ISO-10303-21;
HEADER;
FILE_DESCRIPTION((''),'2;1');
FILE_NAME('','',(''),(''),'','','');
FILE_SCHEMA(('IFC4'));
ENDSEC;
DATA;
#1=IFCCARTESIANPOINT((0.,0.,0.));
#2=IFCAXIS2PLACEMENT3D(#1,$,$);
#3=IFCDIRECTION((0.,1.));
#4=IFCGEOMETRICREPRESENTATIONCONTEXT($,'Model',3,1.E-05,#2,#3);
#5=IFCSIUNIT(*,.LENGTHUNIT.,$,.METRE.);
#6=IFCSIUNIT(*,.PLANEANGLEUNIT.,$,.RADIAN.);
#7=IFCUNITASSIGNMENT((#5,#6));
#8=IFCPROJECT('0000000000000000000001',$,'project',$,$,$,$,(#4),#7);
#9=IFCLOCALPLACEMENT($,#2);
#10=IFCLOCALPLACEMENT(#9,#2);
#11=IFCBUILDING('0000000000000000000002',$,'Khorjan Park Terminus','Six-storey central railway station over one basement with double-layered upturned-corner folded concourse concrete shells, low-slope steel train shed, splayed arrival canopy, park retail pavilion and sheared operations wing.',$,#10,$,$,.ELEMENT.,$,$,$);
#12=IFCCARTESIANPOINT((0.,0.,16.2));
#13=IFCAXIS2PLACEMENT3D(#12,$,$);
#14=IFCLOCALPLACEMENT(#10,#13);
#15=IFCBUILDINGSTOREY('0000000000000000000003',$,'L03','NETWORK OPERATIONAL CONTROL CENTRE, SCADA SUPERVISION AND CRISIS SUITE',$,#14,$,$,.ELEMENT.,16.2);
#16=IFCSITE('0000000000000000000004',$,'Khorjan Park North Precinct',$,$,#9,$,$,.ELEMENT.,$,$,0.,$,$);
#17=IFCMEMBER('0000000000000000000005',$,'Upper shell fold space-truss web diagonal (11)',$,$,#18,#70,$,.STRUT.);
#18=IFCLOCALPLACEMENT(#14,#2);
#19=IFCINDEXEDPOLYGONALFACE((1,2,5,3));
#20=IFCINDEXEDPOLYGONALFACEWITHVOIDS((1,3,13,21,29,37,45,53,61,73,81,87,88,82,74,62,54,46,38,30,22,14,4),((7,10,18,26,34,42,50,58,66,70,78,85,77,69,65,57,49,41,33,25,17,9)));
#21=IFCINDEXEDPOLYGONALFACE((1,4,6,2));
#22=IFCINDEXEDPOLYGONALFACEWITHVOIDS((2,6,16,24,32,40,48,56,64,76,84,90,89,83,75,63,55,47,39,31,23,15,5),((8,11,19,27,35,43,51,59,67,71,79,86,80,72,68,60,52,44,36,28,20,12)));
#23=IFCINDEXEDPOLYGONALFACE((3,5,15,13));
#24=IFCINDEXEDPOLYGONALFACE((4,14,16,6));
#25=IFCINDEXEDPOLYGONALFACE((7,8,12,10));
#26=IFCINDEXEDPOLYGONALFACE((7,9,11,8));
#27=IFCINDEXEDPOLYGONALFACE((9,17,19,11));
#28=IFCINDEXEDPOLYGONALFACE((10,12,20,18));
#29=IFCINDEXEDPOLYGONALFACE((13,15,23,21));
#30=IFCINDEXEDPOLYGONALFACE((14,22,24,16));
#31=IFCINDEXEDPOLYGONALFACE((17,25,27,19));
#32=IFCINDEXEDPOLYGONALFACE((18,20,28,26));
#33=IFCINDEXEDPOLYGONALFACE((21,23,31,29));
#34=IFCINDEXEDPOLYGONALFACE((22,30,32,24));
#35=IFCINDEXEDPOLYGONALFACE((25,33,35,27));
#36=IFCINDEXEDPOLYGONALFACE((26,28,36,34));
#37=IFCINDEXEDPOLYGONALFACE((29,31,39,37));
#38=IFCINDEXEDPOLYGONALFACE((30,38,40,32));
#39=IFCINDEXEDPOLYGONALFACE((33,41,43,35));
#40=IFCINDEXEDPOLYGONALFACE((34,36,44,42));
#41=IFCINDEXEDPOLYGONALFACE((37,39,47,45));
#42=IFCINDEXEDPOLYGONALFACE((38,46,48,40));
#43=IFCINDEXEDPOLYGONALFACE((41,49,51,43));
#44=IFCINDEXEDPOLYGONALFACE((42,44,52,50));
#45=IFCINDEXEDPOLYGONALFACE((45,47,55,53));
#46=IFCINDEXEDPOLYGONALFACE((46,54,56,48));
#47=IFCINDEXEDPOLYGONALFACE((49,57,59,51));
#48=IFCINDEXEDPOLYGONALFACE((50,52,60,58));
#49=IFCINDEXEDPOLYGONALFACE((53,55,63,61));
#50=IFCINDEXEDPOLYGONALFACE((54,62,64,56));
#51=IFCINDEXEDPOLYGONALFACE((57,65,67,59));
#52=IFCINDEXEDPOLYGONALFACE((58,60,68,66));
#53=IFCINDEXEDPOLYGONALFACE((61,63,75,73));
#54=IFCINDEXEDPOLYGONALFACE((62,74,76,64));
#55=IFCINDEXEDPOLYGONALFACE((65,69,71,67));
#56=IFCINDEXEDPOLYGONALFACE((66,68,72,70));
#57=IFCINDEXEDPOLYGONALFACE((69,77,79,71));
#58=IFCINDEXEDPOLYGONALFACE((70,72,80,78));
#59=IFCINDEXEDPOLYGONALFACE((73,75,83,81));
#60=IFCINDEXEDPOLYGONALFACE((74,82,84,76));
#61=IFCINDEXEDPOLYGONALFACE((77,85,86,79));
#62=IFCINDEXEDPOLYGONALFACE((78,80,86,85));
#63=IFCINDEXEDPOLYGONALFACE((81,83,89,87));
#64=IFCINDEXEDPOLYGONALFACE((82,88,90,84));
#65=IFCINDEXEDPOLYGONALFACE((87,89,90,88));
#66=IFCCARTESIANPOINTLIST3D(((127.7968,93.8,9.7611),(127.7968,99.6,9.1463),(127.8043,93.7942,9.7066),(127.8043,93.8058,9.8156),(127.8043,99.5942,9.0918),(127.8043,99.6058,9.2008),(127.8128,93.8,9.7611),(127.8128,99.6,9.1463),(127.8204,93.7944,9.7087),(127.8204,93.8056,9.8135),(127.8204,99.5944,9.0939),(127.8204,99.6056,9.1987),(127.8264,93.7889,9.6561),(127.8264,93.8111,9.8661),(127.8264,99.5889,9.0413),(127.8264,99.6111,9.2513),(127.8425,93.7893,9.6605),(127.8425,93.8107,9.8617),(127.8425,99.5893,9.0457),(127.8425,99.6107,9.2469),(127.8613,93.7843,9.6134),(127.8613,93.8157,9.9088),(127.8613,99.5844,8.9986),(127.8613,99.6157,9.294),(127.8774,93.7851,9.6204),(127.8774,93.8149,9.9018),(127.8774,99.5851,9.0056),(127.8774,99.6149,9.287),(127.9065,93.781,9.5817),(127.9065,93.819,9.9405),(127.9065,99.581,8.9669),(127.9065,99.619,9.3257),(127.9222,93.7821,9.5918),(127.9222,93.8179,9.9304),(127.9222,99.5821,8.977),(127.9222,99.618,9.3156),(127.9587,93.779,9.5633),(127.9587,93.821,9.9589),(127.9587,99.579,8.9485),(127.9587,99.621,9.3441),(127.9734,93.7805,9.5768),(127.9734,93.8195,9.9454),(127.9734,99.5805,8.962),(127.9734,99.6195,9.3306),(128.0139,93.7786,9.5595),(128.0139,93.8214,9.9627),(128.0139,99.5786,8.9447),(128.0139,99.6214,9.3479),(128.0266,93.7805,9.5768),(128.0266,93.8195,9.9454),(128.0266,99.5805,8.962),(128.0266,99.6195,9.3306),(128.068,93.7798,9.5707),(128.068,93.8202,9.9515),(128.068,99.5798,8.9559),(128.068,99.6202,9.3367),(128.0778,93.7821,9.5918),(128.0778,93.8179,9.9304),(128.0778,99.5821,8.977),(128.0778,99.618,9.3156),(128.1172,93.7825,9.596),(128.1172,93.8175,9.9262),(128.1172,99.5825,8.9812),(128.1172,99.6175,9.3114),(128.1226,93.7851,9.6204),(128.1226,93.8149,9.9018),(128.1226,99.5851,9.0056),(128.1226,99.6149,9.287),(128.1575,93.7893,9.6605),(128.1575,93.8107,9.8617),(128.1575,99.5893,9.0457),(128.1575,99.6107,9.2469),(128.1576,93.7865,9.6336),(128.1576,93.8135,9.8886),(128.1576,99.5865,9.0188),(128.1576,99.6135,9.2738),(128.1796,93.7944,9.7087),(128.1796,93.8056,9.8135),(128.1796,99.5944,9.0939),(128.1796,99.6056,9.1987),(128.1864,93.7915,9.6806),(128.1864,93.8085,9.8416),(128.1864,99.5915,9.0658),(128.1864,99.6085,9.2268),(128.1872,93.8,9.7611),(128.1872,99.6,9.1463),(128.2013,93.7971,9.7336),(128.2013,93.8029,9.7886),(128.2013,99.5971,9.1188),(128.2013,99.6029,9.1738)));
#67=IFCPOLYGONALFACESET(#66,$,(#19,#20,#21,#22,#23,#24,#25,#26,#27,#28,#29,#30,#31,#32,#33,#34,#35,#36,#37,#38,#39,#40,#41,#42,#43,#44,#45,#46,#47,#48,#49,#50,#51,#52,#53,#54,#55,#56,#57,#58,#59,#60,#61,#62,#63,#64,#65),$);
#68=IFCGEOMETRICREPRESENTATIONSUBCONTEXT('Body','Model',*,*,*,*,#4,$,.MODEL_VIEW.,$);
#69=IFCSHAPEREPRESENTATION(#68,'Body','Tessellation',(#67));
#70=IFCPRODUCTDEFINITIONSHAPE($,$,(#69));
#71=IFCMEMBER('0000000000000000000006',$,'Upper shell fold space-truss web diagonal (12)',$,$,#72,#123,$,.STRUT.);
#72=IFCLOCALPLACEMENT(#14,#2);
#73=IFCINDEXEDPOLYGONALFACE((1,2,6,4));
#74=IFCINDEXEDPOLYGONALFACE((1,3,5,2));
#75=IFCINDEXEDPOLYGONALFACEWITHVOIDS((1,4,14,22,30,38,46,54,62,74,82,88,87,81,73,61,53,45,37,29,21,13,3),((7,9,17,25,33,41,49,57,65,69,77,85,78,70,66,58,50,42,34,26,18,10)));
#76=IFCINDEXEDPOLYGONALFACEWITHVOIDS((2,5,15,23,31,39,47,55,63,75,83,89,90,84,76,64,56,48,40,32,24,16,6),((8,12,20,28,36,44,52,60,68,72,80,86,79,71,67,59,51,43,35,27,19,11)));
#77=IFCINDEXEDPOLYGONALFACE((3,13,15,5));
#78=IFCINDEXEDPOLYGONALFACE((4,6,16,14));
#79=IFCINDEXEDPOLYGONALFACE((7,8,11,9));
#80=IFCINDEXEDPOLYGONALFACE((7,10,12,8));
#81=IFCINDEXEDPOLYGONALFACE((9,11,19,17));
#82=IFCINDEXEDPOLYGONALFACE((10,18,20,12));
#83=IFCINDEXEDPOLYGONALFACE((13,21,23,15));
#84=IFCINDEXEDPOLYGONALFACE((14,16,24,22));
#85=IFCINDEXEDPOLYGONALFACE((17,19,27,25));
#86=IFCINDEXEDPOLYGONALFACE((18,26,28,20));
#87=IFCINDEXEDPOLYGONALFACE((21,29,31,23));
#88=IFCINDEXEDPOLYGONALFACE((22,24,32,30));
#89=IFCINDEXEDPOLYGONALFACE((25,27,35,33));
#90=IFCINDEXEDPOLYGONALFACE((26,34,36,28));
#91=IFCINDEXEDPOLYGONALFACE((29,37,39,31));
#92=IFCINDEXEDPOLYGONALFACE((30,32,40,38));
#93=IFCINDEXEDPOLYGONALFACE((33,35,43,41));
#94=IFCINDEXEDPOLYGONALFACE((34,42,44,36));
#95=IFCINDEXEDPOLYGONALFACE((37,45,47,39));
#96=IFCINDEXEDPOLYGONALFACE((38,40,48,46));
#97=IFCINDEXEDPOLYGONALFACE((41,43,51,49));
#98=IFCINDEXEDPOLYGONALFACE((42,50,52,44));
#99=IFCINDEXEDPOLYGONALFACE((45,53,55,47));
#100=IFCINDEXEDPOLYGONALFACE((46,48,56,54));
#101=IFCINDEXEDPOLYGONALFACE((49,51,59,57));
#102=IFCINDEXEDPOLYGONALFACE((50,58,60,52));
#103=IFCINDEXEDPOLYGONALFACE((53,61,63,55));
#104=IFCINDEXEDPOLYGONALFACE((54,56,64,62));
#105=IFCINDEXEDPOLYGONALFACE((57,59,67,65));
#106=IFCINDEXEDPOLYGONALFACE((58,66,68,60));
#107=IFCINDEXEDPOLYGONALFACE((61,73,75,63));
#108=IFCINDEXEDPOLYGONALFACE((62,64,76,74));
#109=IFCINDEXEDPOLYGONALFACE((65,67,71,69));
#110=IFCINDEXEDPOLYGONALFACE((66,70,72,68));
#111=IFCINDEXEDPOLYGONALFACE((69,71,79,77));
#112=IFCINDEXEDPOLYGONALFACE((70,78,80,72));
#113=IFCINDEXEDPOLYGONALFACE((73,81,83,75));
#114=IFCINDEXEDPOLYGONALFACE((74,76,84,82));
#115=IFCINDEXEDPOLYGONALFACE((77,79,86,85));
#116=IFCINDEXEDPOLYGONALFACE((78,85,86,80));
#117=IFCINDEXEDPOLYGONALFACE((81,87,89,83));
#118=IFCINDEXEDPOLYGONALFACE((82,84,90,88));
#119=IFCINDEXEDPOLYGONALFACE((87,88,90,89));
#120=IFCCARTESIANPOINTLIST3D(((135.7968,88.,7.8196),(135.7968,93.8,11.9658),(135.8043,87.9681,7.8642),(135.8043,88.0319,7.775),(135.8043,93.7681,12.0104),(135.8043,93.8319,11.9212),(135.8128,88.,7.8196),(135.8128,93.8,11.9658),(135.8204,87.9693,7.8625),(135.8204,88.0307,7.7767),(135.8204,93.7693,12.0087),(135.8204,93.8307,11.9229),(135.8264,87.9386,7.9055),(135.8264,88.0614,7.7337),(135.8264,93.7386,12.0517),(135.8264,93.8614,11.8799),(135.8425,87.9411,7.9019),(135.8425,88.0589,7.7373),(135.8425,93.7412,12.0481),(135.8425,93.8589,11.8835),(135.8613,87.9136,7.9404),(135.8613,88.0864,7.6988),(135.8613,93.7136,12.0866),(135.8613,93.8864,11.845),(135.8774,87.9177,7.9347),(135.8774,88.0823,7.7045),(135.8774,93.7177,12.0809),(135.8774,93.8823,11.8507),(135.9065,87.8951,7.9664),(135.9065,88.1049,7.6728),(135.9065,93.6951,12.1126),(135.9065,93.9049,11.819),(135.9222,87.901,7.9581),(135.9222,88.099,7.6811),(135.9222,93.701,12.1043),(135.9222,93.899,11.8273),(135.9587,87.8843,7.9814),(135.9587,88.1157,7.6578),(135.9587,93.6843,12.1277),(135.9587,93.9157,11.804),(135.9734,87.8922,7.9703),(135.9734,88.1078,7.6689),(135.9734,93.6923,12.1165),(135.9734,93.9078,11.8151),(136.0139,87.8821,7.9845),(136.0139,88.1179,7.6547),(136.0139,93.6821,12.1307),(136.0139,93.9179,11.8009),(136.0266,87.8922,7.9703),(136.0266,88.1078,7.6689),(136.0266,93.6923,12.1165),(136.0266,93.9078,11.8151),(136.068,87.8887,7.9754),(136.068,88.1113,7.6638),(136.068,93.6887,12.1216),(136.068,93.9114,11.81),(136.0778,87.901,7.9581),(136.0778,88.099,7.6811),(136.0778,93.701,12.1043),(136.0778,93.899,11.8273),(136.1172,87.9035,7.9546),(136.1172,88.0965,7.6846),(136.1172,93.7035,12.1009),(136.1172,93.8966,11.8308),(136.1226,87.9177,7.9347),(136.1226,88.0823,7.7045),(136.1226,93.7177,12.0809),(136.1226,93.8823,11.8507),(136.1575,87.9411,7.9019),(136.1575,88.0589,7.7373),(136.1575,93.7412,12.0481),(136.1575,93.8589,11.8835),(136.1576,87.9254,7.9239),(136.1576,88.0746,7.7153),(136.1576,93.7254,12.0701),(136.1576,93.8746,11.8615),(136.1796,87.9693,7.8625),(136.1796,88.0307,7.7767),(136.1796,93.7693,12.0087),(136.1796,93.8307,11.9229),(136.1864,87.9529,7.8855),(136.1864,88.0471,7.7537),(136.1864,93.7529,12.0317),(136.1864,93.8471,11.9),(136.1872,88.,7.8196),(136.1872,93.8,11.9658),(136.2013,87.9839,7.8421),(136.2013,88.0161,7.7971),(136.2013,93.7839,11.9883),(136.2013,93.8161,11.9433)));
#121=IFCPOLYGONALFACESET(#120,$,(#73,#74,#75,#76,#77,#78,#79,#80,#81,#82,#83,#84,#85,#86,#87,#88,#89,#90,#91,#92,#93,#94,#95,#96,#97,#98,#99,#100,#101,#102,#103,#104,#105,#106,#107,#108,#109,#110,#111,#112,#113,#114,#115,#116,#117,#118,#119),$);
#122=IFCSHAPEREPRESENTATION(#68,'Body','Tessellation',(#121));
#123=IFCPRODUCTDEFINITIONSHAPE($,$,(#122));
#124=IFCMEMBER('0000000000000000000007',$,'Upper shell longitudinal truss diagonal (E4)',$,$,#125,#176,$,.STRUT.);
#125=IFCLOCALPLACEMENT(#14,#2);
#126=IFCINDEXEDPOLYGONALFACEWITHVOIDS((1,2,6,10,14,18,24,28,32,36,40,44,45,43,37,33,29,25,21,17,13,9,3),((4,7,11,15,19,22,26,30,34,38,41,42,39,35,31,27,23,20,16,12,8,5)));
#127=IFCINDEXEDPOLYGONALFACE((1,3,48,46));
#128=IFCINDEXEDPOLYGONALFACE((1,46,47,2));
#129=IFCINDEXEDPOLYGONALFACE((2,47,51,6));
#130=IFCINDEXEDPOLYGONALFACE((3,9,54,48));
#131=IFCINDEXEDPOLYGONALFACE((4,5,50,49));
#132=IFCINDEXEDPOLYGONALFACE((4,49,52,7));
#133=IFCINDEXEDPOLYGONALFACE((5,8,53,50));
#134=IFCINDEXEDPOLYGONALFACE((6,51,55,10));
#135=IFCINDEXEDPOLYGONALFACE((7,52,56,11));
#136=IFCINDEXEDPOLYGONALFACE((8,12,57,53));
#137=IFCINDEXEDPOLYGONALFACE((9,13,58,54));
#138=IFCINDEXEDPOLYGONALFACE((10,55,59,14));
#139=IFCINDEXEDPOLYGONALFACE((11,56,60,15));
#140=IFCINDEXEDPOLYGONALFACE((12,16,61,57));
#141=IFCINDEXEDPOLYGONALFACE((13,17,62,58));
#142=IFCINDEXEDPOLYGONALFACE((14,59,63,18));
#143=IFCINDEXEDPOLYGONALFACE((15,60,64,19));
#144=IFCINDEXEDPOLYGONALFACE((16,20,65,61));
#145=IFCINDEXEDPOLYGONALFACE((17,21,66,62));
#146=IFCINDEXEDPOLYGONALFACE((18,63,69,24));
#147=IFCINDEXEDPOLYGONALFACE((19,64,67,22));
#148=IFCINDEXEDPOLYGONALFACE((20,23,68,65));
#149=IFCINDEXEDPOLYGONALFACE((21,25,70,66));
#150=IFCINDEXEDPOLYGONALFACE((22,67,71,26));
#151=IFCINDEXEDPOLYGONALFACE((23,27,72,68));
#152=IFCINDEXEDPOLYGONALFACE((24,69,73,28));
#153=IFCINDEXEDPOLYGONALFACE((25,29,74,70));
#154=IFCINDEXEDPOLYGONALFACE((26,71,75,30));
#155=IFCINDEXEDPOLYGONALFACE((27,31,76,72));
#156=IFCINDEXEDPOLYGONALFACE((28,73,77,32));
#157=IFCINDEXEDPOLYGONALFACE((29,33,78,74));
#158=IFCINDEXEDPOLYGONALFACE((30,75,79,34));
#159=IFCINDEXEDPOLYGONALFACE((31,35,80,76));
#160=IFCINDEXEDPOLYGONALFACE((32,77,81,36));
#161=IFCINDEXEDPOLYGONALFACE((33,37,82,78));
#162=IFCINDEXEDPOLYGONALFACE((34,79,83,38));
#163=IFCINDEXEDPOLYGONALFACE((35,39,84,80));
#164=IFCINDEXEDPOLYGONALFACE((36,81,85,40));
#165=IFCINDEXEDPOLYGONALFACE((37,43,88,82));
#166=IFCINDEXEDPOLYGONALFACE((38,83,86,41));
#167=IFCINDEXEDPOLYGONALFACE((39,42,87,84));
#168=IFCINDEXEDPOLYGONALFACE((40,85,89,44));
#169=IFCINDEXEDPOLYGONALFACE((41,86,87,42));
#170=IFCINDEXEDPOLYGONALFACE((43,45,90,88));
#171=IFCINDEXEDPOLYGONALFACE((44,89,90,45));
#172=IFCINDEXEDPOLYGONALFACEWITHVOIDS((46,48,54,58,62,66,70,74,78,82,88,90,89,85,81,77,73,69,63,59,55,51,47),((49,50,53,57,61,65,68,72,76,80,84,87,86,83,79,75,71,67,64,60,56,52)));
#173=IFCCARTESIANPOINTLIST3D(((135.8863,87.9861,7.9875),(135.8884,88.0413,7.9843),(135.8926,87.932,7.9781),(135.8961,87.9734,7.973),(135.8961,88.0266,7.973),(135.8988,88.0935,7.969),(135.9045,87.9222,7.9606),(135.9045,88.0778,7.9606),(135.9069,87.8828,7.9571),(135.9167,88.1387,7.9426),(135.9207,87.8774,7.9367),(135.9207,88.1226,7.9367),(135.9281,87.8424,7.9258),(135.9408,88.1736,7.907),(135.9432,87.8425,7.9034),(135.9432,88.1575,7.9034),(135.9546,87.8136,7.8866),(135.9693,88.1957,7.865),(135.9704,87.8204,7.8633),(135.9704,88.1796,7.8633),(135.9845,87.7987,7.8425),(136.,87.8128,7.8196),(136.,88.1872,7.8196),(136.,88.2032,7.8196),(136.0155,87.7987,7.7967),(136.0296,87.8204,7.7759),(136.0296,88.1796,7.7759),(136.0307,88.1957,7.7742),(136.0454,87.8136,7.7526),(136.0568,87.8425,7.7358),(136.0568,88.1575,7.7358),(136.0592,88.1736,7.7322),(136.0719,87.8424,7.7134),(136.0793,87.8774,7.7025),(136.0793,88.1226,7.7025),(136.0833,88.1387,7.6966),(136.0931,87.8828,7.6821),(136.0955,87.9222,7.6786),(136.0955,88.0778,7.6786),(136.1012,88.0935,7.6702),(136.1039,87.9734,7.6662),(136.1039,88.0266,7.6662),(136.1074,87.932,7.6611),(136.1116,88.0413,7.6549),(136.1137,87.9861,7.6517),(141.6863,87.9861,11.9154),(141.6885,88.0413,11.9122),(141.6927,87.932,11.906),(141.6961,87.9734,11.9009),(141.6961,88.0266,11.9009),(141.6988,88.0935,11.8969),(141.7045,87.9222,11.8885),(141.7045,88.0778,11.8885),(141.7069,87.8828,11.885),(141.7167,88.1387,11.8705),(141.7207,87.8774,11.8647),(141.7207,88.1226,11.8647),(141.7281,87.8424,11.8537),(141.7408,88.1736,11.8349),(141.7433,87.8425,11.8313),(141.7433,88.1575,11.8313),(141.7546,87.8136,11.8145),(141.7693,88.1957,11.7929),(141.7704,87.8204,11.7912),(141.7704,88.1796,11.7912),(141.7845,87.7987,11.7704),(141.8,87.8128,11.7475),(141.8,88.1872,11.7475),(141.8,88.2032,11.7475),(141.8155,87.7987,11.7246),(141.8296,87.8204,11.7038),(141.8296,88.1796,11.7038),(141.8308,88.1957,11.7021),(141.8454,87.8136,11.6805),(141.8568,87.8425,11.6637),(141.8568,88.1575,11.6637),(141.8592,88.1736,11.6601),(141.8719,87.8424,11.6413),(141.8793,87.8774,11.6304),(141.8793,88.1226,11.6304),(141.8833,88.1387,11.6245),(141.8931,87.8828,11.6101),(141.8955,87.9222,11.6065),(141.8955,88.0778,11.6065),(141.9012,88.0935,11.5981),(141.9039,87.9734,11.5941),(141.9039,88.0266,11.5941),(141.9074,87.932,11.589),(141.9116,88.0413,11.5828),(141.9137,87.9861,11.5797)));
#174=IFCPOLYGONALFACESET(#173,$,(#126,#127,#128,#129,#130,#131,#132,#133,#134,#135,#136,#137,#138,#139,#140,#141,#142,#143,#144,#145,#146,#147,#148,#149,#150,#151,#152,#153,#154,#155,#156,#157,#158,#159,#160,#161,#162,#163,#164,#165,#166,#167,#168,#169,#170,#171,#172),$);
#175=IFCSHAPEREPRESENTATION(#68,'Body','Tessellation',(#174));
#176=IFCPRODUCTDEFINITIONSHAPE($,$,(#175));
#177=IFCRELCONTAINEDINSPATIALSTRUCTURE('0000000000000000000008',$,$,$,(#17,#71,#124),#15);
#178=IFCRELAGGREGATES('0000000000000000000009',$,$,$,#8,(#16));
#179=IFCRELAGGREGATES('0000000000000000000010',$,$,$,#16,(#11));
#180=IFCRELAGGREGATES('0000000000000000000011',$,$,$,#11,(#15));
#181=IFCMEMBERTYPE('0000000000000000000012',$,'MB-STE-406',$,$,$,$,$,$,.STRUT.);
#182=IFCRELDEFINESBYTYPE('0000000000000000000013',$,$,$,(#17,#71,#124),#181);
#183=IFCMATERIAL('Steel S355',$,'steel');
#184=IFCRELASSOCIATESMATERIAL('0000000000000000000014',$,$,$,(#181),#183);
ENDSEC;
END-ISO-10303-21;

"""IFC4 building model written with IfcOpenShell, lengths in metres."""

from ifc_helpers import new_model, si_unit, direction, frame, origin, origin_2d, place, context, subcontext, project, spatial, hollow_circle, extrude, material, material_profile, profile_set, type_object, element, save


model = new_model("IFC4")

# Units and contexts
model_context = context("Model", 3, precision=1e-05, world=origin(), true_north=direction((0.0, 1.0)))
body_context = subcontext(model_context, "Body", "Model", "MODEL_VIEW")
ifc_project = project(units=[si_unit("LENGTHUNIT", "METRE"), si_unit("PLANEANGLEUNIT", "RADIAN")], contexts=[model_context])

# Site, building, storey
site_placement = place(None, origin())
site = spatial("IfcSite", under=ifc_project, at=site_placement, Name="Khorjan Park North Precinct", CompositionType="ELEMENT", RefElevation=0.0)
building_placement = place(site_placement, origin())
building = spatial("IfcBuilding", under=site, at=building_placement, Name="Khorjan Park Terminus", Description="Six-storey central railway station over one basement with double-layered upturned-corner folded concourse concrete shells, low-slope steel train shed, splayed arrival canopy, park retail pavilion and sheared operations wing.", CompositionType="ELEMENT")
storey_placement = place(building_placement, frame((0.0, 0.0, 16.2)))
storey = spatial("IfcBuildingStorey", under=building, at=storey_placement, Name="L03", Description="NETWORK OPERATIONAL CONTROL CENTRE, SCADA SUPERVISION AND CRISIS SUITE", CompositionType="ELEMENT", Elevation=16.2)

# Members
ifc_material_1 = material(Name="Steel S355", Category="steel")
ifc_material_profile_1 = material_profile(ifc_material_1, hollow_circle(Radius=0.2032, WallThickness=0.016, at=origin_2d()), Name="CHS 406.4x16")
ifc_profile_set_1 = profile_set([ifc_material_profile_1], Name="Steel S355")
member_type_1 = type_object("IfcMemberType", Name="MB-STE-406", PredefinedType="STRUT", material=ifc_profile_set_1)
member_1_placement = place(storey_placement, frame((128.0, 93.8, 9.7611), z_axis=(0.0, 0.994429, -0.105409), x_axis=(-1.0, 0.0, 0.0)))
element("IfcMember", 1, at=member_1_placement, inside=storey, type_object=member_type_1, Name="Upper shell fold space-truss web diagonal (11)", PredefinedType="STRUT", context=body_context, shape_type="SweptSolid", body=[
    extrude(hollow_circle(Radius=0.2032, WallThickness=0.016, at=origin_2d()), origin(), (0.0, 0.0, 1.0), 5.8325),
])
member_2_placement = place(storey_placement, frame((136.0, 88.0, 7.8196), z_axis=(0.0, 0.813512, 0.581549), x_axis=(-1.0, 0.0, 0.0)))
element("IfcMember", 2, at=member_2_placement, inside=storey, type_object=member_type_1, Name="Upper shell fold space-truss web diagonal (12)", PredefinedType="STRUT", context=body_context, shape_type="SweptSolid", body=[
    extrude(hollow_circle(Radius=0.2032, WallThickness=0.016, at=origin_2d()), origin(), (0.0, 0.0, 1.0), 7.1296),
])
member_3_placement = place(storey_placement, frame((136.0, 88.0, 7.8196), z_axis=(0.827994, 0.0, 0.560737), x_axis=(0.0, 1.0, 0.0)))
element("IfcMember", 3, at=member_3_placement, inside=storey, type_object=member_type_1, Name="Upper shell longitudinal truss diagonal (E4)", PredefinedType="STRUT", context=body_context, shape_type="SweptSolid", body=[
    extrude(hollow_circle(Radius=0.2032, WallThickness=0.016, at=origin_2d()), origin(), (0.0, 0.0, 1.0), 7.0049),
])

save(model, "model.ifc")
